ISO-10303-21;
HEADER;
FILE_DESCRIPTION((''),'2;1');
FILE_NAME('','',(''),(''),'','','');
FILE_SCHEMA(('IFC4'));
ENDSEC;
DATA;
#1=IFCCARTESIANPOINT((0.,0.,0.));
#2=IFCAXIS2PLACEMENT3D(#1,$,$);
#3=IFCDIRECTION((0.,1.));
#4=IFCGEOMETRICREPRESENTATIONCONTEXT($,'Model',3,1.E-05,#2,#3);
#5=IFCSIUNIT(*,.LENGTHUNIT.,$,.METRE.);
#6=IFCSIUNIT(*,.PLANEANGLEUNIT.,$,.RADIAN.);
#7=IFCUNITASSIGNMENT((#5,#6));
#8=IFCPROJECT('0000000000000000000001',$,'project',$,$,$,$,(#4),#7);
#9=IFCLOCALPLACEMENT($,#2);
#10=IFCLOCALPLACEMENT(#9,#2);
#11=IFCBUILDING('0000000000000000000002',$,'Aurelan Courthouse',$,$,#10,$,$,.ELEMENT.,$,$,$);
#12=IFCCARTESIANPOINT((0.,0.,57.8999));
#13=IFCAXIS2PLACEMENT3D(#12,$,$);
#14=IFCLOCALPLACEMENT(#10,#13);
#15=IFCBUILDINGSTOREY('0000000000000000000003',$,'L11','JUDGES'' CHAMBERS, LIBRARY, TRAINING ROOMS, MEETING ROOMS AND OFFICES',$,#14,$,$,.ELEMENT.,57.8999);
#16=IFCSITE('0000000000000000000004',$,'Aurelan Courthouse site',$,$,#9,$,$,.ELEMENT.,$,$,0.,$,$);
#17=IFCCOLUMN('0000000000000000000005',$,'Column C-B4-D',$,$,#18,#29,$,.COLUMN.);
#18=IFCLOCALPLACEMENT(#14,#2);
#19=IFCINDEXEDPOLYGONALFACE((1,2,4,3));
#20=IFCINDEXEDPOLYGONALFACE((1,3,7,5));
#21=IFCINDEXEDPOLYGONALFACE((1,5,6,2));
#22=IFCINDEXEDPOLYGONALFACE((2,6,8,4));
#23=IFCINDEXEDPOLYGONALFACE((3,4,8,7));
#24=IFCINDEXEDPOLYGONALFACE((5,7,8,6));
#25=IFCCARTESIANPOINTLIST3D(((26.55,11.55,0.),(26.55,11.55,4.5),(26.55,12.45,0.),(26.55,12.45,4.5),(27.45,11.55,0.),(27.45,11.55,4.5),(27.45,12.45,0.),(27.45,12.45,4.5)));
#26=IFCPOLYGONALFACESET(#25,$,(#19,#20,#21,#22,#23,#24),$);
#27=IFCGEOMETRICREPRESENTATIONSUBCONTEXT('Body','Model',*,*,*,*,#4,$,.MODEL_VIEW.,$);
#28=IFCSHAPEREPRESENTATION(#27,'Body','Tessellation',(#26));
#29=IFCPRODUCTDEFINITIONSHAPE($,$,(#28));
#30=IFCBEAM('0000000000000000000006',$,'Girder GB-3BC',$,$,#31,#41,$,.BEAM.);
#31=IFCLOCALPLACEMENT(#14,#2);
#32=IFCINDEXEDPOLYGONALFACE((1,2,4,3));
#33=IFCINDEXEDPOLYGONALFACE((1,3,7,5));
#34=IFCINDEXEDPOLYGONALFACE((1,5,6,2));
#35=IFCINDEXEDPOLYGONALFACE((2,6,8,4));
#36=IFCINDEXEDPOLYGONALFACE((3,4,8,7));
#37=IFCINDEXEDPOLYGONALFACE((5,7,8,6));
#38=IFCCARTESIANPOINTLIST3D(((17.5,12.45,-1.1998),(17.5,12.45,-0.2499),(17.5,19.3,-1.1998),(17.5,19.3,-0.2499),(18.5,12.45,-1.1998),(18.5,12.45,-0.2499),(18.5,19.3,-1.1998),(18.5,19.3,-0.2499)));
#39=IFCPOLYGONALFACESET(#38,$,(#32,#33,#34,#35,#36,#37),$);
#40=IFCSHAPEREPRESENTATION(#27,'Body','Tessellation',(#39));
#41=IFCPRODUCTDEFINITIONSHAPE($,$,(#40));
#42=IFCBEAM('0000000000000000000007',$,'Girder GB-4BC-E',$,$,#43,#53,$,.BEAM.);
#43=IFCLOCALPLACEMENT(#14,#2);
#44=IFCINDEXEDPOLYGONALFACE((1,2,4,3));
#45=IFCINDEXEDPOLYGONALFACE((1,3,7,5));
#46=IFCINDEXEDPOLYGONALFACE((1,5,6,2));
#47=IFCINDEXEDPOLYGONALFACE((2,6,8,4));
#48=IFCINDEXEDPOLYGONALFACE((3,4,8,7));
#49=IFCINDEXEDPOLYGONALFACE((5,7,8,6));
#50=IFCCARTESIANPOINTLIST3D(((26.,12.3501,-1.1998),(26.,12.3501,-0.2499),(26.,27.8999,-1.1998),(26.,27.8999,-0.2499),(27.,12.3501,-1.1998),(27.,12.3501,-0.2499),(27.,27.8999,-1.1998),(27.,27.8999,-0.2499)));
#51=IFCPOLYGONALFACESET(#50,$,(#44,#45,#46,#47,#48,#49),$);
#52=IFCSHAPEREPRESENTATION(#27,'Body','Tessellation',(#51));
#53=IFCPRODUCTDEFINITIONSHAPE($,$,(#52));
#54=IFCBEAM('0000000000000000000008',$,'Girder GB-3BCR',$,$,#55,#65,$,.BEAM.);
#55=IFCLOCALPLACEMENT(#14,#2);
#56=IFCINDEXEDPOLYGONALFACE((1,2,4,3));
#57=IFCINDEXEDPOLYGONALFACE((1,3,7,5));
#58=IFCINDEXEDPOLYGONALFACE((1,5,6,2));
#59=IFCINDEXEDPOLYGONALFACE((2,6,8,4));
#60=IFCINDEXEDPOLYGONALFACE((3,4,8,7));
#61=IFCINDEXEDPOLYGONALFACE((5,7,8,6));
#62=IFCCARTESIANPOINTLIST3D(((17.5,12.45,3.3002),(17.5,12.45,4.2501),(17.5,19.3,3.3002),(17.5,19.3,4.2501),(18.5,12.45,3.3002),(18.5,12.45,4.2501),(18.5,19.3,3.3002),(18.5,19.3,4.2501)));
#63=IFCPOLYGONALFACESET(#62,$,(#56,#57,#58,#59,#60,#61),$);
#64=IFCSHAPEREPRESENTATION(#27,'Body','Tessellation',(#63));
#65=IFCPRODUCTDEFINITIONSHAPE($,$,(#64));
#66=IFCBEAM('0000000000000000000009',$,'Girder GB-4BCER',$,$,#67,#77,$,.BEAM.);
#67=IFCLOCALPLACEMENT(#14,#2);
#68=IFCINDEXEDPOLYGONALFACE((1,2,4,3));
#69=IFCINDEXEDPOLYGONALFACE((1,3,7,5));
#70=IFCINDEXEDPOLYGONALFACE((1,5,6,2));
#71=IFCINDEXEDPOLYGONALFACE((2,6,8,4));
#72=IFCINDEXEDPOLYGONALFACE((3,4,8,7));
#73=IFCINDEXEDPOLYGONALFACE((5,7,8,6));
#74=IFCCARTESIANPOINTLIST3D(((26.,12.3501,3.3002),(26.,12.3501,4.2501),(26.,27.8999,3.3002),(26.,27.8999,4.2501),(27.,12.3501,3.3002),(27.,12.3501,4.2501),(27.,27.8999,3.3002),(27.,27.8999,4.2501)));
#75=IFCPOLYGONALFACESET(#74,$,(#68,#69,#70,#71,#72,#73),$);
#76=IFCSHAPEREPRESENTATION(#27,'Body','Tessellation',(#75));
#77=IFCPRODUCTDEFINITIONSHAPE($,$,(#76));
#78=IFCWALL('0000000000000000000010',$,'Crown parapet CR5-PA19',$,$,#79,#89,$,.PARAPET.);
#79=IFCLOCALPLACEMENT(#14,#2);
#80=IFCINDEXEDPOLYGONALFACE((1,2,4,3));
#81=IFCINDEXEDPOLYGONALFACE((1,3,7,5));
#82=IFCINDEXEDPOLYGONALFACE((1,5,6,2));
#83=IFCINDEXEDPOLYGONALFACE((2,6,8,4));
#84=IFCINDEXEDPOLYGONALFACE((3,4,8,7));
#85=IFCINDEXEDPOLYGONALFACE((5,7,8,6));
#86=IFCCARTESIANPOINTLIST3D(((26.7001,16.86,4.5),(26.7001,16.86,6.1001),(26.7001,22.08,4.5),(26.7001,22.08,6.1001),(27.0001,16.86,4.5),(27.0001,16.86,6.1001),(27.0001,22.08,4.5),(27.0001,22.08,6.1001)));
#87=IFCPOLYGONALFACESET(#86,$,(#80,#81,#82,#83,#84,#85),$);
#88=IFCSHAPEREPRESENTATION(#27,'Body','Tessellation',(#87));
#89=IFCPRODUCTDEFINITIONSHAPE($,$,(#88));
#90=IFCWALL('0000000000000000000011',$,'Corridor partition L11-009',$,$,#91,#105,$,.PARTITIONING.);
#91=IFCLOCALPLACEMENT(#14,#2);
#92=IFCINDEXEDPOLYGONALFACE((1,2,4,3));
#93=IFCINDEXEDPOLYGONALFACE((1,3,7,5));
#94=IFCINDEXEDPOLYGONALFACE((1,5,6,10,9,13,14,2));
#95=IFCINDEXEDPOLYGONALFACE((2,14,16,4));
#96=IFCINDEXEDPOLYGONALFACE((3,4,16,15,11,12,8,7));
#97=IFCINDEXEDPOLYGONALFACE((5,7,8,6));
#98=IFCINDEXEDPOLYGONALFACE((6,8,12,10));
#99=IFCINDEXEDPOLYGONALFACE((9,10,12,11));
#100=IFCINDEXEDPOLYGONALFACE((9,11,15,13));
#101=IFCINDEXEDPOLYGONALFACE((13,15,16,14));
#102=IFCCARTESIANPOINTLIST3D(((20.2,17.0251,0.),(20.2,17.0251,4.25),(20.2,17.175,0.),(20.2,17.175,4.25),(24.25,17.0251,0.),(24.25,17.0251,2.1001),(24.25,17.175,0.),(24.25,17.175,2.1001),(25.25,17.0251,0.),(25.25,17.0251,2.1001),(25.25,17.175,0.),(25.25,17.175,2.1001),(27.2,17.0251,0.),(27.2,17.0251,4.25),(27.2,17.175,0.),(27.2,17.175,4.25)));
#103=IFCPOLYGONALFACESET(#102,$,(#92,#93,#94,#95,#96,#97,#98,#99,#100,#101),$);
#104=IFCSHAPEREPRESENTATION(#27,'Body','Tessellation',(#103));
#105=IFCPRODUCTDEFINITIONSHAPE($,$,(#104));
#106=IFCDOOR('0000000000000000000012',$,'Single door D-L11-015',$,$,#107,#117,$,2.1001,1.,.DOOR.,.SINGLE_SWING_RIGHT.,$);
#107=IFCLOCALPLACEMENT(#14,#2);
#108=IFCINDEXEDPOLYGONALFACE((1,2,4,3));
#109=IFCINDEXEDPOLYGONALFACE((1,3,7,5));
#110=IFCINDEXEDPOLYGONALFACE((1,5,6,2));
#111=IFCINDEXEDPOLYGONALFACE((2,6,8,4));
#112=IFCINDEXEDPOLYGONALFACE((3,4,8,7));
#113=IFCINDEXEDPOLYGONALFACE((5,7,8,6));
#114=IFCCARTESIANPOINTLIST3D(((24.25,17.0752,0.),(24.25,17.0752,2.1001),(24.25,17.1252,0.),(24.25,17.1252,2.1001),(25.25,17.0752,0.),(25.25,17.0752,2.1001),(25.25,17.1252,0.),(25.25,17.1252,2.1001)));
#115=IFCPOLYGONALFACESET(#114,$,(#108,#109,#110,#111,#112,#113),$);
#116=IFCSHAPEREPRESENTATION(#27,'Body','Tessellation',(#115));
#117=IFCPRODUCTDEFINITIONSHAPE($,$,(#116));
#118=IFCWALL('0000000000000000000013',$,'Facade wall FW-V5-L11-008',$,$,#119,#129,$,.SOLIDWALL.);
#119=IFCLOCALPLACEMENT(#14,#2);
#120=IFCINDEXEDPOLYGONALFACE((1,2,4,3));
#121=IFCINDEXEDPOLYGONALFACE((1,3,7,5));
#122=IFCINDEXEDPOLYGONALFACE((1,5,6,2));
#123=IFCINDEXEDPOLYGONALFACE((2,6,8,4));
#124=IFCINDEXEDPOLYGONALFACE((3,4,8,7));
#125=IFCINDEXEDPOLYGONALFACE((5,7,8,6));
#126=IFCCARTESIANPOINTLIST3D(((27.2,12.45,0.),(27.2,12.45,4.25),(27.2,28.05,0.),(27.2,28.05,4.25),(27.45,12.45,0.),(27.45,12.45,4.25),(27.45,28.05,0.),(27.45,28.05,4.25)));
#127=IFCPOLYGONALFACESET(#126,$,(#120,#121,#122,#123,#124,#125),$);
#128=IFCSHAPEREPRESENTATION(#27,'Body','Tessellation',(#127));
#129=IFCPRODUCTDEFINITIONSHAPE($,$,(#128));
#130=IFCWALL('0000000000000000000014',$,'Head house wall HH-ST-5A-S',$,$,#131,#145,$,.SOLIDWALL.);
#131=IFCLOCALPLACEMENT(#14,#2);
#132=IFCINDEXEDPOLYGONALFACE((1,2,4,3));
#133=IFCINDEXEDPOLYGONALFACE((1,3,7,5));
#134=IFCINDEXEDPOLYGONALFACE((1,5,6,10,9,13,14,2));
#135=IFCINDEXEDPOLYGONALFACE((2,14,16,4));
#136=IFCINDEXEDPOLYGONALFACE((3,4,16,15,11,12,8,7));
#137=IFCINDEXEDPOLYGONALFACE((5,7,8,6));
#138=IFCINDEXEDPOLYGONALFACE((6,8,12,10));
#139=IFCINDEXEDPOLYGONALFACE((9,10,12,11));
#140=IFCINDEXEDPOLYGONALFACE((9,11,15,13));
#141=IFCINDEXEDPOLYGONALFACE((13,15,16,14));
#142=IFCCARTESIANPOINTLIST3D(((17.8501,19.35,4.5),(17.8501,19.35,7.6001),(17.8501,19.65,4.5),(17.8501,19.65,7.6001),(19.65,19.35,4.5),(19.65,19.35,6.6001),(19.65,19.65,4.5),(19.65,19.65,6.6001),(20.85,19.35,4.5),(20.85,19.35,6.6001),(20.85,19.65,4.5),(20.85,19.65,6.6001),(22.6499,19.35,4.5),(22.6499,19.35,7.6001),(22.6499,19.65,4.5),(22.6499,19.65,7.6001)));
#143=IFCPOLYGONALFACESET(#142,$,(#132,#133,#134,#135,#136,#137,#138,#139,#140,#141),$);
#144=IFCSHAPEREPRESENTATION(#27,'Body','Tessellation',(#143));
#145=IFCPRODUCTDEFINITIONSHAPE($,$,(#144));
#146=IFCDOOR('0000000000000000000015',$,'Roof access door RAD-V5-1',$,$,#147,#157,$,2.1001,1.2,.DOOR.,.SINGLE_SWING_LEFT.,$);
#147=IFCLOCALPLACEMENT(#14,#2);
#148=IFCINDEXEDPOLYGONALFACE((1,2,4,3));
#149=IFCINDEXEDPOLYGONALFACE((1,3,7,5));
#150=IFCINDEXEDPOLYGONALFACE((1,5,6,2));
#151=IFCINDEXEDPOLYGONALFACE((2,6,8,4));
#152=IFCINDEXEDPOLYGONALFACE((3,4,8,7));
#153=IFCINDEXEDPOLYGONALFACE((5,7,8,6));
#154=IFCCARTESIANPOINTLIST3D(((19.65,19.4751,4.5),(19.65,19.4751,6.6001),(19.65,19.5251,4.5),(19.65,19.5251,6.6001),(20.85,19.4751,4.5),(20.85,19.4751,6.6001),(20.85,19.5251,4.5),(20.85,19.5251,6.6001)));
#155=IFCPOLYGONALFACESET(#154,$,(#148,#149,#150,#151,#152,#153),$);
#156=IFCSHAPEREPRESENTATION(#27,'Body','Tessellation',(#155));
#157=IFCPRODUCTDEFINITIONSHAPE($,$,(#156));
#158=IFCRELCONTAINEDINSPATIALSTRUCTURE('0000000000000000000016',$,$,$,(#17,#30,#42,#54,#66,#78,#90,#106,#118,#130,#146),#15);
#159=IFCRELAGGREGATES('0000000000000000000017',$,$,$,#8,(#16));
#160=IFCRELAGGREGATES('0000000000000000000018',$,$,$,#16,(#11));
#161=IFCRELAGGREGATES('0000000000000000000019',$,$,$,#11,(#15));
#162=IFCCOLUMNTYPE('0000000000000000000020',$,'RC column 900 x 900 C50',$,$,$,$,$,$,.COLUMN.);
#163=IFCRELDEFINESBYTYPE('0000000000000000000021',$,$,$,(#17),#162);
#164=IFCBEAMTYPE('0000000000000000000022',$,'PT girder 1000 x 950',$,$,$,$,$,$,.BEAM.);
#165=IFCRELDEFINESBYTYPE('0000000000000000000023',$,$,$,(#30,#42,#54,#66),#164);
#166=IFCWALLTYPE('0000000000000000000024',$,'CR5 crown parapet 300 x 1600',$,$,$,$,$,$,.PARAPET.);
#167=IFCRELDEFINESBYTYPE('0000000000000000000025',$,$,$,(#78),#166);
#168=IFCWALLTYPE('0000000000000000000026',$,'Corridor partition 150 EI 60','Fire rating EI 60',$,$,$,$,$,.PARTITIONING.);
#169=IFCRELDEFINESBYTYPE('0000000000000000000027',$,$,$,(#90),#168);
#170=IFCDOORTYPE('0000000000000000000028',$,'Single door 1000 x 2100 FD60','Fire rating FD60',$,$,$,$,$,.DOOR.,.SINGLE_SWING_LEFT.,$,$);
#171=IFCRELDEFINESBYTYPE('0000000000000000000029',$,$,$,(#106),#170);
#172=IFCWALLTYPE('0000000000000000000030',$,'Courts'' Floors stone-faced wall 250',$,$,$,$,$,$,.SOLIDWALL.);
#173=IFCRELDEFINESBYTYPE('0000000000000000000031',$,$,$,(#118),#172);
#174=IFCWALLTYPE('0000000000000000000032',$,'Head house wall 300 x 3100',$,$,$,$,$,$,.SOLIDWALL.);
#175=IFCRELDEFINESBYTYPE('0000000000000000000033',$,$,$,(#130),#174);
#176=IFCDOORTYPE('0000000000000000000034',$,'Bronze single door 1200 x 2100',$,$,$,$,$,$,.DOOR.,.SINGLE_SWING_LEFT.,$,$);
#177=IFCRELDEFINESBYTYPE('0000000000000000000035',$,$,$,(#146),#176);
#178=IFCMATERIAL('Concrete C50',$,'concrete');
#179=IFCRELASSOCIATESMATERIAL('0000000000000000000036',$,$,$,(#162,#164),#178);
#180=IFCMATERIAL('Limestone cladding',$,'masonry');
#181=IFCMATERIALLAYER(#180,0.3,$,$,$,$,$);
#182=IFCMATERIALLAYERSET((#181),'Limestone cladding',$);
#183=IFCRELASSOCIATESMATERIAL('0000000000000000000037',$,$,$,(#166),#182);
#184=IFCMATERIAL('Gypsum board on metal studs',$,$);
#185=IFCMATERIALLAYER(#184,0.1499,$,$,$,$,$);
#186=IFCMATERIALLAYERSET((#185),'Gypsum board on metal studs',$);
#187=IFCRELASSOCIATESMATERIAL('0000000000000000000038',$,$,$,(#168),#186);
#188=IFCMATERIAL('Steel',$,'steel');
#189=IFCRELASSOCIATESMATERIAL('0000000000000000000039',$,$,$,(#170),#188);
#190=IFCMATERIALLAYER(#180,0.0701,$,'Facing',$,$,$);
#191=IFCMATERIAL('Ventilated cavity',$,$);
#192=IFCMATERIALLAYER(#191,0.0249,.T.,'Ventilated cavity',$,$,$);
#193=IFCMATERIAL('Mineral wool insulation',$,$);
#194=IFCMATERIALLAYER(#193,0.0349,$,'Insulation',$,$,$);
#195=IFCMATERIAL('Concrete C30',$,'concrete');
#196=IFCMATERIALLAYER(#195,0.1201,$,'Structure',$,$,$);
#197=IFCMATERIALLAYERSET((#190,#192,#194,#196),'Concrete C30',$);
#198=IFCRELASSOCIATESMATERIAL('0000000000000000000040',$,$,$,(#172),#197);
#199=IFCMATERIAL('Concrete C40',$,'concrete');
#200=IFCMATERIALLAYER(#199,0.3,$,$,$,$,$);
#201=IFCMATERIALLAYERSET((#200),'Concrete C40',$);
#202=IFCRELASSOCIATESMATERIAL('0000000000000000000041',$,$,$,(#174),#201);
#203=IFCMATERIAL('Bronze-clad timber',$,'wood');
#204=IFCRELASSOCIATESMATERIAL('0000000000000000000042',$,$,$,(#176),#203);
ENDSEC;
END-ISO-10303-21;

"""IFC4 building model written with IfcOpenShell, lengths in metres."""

from ifc_helpers import new_model, si_unit, direction, frame, frame_2d, origin, origin_2d, place, context, subcontext, project, spatial, rectangle, extrude, material, layer, layer_set, material_profile, profile_set, type_object, element, fill, save


model = new_model("IFC4")

# Units and contexts
model_context = context("Model", 3, precision=1e-05, world=origin(), true_north=direction((0.0, 1.0)))
body_context = subcontext(model_context, "Body", "Model", "MODEL_VIEW")
ifc_project = project(units=[si_unit("LENGTHUNIT", "METRE"), si_unit("PLANEANGLEUNIT", "RADIAN")], contexts=[model_context])

# Site, building, storey
site_placement = place(None, origin())
site = spatial("IfcSite", under=ifc_project, at=site_placement, Name="Aurelan Courthouse site", CompositionType="ELEMENT", RefElevation=0.0)
building_placement = place(site_placement, origin())
building = spatial("IfcBuilding", under=site, at=building_placement, Name="Aurelan Courthouse", CompositionType="ELEMENT")
storey_placement = place(building_placement, frame((0.0, 0.0, 57.8999)))
storey = spatial("IfcBuildingStorey", under=building, at=storey_placement, Name="L11", Description="JUDGES' CHAMBERS, LIBRARY, TRAINING ROOMS, MEETING ROOMS AND OFFICES", CompositionType="ELEMENT", Elevation=57.8999)

# Column
ifc_material_1 = material(Name="Concrete C50", Category="concrete")
ifc_material_profile_1 = material_profile(ifc_material_1, rectangle(XDim=0.8999, YDim=0.8999, at=origin_2d()), Name="RC 900 x 900")
ifc_profile_set_1 = profile_set([ifc_material_profile_1], Name="Concrete C50")
column_type = type_object("IfcColumnType", Name="RC column 900 x 900 C50", PredefinedType="COLUMN", material=ifc_profile_set_1)
column_placement = place(storey_placement, frame((27.0, 12.0, 0.0), z_axis=(0.0, 0.0, 1.0), x_axis=(1.0, 0.0, 0.0)))
element("IfcColumn", 1, at=column_placement, inside=storey, type_object=column_type, Name="Column C-B4-D", PredefinedType="COLUMN", context=body_context, shape_type="SweptSolid", body=[
    extrude(rectangle(XDim=0.8999, YDim=0.8999, at=origin_2d()), origin(), (0.0, 0.0, 1.0), 4.5),
])

# Beams
ifc_material_profile_2 = material_profile(ifc_material_1, rectangle(XDim=1.0, YDim=0.95, at=origin_2d()), Name="RC 1000 x 950")
ifc_profile_set_2 = profile_set([ifc_material_profile_2], Name="Concrete C50")
beam_type = type_object("IfcBeamType", Name="PT girder 1000 x 950", PredefinedType="BEAM", material=ifc_profile_set_2)
beam_1_placement = place(storey_placement, frame((18.0, 12.45, -0.7249), z_axis=(0.0, 1.0, 0.0), x_axis=(-1.0, 0.0, 0.0)))
element("IfcBeam", 2, at=beam_1_placement, inside=storey, type_object=beam_type, Name="Girder GB-3BC", PredefinedType="BEAM", context=body_context, shape_type="SweptSolid", body=[
    extrude(rectangle(XDim=1.0, YDim=0.95, at=origin_2d()), origin(), (0.0, 0.0, 1.0), 6.8501),
])
beam_2_placement = place(storey_placement, frame((26.5, 12.3501, -0.7249), z_axis=(0.0, 1.0, 0.0), x_axis=(-1.0, 0.0, 0.0)))
element("IfcBeam", 3, at=beam_2_placement, inside=storey, type_object=beam_type, Name="Girder GB-4BC-E", PredefinedType="BEAM", context=body_context, shape_type="SweptSolid", body=[
    extrude(rectangle(XDim=1.0, YDim=0.95, at=origin_2d()), origin(), (0.0, 0.0, 1.0), 15.5498),
])
beam_3_placement = place(storey_placement, frame((18.0, 12.45, 3.7751), z_axis=(0.0, 1.0, 0.0), x_axis=(-1.0, 0.0, 0.0)))
element("IfcBeam", 4, at=beam_3_placement, inside=storey, type_object=beam_type, Name="Girder GB-3BCR", PredefinedType="BEAM", context=body_context, shape_type="SweptSolid", body=[
    extrude(rectangle(XDim=1.0, YDim=0.95, at=origin_2d()), origin(), (0.0, 0.0, 1.0), 6.8501),
])
beam_4_placement = place(storey_placement, frame((26.5, 12.3501, 3.7751), z_axis=(0.0, 1.0, 0.0), x_axis=(-1.0, 0.0, 0.0)))
element("IfcBeam", 5, at=beam_4_placement, inside=storey, type_object=beam_type, Name="Girder GB-4BCER", PredefinedType="BEAM", context=body_context, shape_type="SweptSolid", body=[
    extrude(rectangle(XDim=1.0, YDim=0.95, at=origin_2d()), origin(), (0.0, 0.0, 1.0), 15.5498),
])

# Wall
ifc_material_2 = material(Name="Limestone cladding", Category="masonry")
ifc_layer_1 = layer(ifc_material_2, 0.3)
ifc_layer_set_1 = layer_set([ifc_layer_1], Name="Limestone cladding")
wall_type_1 = type_object("IfcWallType", Name="CR5 crown parapet 300 x 1600", PredefinedType="PARAPET", material=ifc_layer_set_1)
wall_1_placement = place(storey_placement, frame((26.8501, 16.8601, 4.5), z_axis=(0.0, 0.0, 1.0), x_axis=(0.0, 1.0, 0.0)))
element("IfcWall", 6, at=wall_1_placement, inside=storey, type_object=wall_type_1, Name="Crown parapet CR5-PA19", PredefinedType="PARAPET", context=body_context, shape_type="SweptSolid", body=[
    extrude(rectangle(XDim=5.22, YDim=0.3, at=frame_2d((2.6099, 0.0))), origin(), (0.0, 0.0, 1.0), 1.6001),
])

# Wall, opening, door
ifc_material_3 = material(Name="Gypsum board on metal studs")
ifc_layer_2 = layer(ifc_material_3, 0.1499)
ifc_layer_set_2 = layer_set([ifc_layer_2], Name="Gypsum board on metal studs")
wall_type_2 = type_object("IfcWallType", Name="Corridor partition 150 EI 60", Description="Fire rating EI 60", PredefinedType="PARTITIONING", material=ifc_layer_set_2)
wall_2_placement = place(storey_placement, frame((20.2, 17.1001, 0.0), z_axis=(0.0, 0.0, 1.0), x_axis=(1.0, 0.0, 0.0)))
wall_2 = element("IfcWall", 7, at=wall_2_placement, inside=storey, type_object=wall_type_2, Name="Corridor partition L11-009", PredefinedType="PARTITIONING", context=body_context, shape_type="SweptSolid", body=[
    extrude(rectangle(XDim=7.0, YDim=0.1499, at=frame_2d((3.5, 0.0))), origin(), (0.0, 0.0, 1.0), 4.25),
])
opening_1_placement = place(wall_2_placement, frame((5.05, 0.0, 0.0), z_axis=(0.0, 0.0, 1.0), x_axis=(-1.0, 0.0, 0.0)))
opening_1 = element("IfcOpeningElement", 8, at=opening_1_placement, cuts=wall_2, PredefinedType="OPENING", context=body_context, shape_type="SweptSolid", body=[
    extrude(rectangle(XDim=1.0, YDim=2.1001, at=frame_2d((0.5, 1.05))), frame((0.0, 0.085, 0.0), z_axis=(0.0, -1.0, 0.0), x_axis=(1.0, 0.0, 0.0)), (0.0, 0.0, 1.0), 0.1699),
])
ifc_material_4 = material(Name="Steel", Category="steel")
door_type_1 = type_object("IfcDoorType", Name="Single door 1000 x 2100 FD60", Description="Fire rating FD60", OperationType="SINGLE_SWING_LEFT", PredefinedType="DOOR", material=ifc_material_4)
door_1_placement = place(opening_1_placement, origin())
door_1 = element("IfcDoor", 9, at=door_1_placement, inside=storey, type_object=door_type_1, Name="Single door D-L11-015", OperationType="SINGLE_SWING_RIGHT", OverallHeight=2.1001, OverallWidth=1.0, PredefinedType="DOOR", context=body_context, shape_type="SweptSolid", body=[
    extrude(rectangle(XDim=1.0, YDim=2.1001, at=frame_2d((0.5, 1.05))), frame((0.0, 0.0249, 0.0), z_axis=(0.0, -1.0, 0.0), x_axis=(1.0, 0.0, 0.0)), (0.0, 0.0, 1.0), 0.05),
])
fill(opening_1, door_1)

# Wall
ifc_layer_3 = layer(ifc_material_2, 0.0701, Name="Facing")
ifc_material_5 = material(Name="Ventilated cavity")
ifc_layer_4 = layer(ifc_material_5, 0.0249, ventilated=True, Name="Ventilated cavity")
ifc_material_6 = material(Name="Mineral wool insulation")
ifc_layer_5 = layer(ifc_material_6, 0.0349, Name="Insulation")
ifc_material_7 = material(Name="Concrete C30", Category="concrete")
ifc_layer_6 = layer(ifc_material_7, 0.1201, Name="Structure")
ifc_layer_set_3 = layer_set([ifc_layer_3, ifc_layer_4, ifc_layer_5, ifc_layer_6], Name="Concrete C30")
wall_type_3 = type_object("IfcWallType", Name="Courts' Floors stone-faced wall 250", PredefinedType="SOLIDWALL", material=ifc_layer_set_3)
wall_3_placement = place(storey_placement, frame((27.325, 12.45, 0.0), z_axis=(0.0, 0.0, 1.0), x_axis=(0.0, 1.0, 0.0)))
element("IfcWall", 10, at=wall_3_placement, inside=storey, type_object=wall_type_3, Name="Facade wall FW-V5-L11-008", PredefinedType="SOLIDWALL", context=body_context, shape_type="SweptSolid", body=[
    extrude(rectangle(XDim=15.6001, YDim=0.25, at=frame_2d((7.8, 0.0))), origin(), (0.0, 0.0, 1.0), 4.25),
])

# Wall, opening, door
ifc_material_8 = material(Name="Concrete C40", Category="concrete")
ifc_layer_7 = layer(ifc_material_8, 0.3)
ifc_layer_set_4 = layer_set([ifc_layer_7], Name="Concrete C40")
wall_type_4 = type_object("IfcWallType", Name="Head house wall 300 x 3100", PredefinedType="SOLIDWALL", material=ifc_layer_set_4)
wall_4_placement = place(storey_placement, frame((17.8501, 19.5, 4.5), z_axis=(0.0, 0.0, 1.0), x_axis=(1.0, 0.0, 0.0)))
wall_4 = element("IfcWall", 11, at=wall_4_placement, inside=storey, type_object=wall_type_4, Name="Head house wall HH-ST-5A-S", PredefinedType="SOLIDWALL", context=body_context, shape_type="SweptSolid", body=[
    extrude(rectangle(XDim=4.7998, YDim=0.3, at=frame_2d((2.3999, 0.0))), origin(), (0.0, 0.0, 1.0), 3.1001),
])
opening_2_placement = place(wall_4_placement, frame((3.0, 0.0, 0.0), z_axis=(0.0, 0.0, 1.0), x_axis=(-1.0, 0.0, 0.0)))
opening_2 = element("IfcOpeningElement", 12, at=opening_2_placement, cuts=wall_4, PredefinedType="OPENING", context=body_context, shape_type="SweptSolid", body=[
    extrude(rectangle(XDim=1.2, YDim=2.1001, at=frame_2d((0.6001, 1.05))), frame((0.0, 0.1599, 0.0), z_axis=(0.0, -1.0, 0.0), x_axis=(1.0, 0.0, 0.0)), (0.0, 0.0, 1.0), 0.3201),
])
ifc_material_9 = material(Name="Bronze-clad timber", Category="wood")
door_type_2 = type_object("IfcDoorType", Name="Bronze single door 1200 x 2100", OperationType="SINGLE_SWING_LEFT", PredefinedType="DOOR", material=ifc_material_9)
door_2_placement = place(opening_2_placement, origin())
door_2 = element("IfcDoor", 13, at=door_2_placement, inside=storey, type_object=door_type_2, Name="Roof access door RAD-V5-1", OperationType="SINGLE_SWING_LEFT", OverallHeight=2.1001, OverallWidth=1.2, PredefinedType="DOOR", context=body_context, shape_type="SweptSolid", body=[
    extrude(rectangle(XDim=1.2, YDim=2.1001, at=frame_2d((0.6001, 1.05))), frame((0.0, 0.0249, 0.0), z_axis=(0.0, -1.0, 0.0), x_axis=(1.0, 0.0, 0.0)), (0.0, 0.0, 1.0), 0.05),
])
fill(opening_2, door_2)

save(model, "model.ifc")
